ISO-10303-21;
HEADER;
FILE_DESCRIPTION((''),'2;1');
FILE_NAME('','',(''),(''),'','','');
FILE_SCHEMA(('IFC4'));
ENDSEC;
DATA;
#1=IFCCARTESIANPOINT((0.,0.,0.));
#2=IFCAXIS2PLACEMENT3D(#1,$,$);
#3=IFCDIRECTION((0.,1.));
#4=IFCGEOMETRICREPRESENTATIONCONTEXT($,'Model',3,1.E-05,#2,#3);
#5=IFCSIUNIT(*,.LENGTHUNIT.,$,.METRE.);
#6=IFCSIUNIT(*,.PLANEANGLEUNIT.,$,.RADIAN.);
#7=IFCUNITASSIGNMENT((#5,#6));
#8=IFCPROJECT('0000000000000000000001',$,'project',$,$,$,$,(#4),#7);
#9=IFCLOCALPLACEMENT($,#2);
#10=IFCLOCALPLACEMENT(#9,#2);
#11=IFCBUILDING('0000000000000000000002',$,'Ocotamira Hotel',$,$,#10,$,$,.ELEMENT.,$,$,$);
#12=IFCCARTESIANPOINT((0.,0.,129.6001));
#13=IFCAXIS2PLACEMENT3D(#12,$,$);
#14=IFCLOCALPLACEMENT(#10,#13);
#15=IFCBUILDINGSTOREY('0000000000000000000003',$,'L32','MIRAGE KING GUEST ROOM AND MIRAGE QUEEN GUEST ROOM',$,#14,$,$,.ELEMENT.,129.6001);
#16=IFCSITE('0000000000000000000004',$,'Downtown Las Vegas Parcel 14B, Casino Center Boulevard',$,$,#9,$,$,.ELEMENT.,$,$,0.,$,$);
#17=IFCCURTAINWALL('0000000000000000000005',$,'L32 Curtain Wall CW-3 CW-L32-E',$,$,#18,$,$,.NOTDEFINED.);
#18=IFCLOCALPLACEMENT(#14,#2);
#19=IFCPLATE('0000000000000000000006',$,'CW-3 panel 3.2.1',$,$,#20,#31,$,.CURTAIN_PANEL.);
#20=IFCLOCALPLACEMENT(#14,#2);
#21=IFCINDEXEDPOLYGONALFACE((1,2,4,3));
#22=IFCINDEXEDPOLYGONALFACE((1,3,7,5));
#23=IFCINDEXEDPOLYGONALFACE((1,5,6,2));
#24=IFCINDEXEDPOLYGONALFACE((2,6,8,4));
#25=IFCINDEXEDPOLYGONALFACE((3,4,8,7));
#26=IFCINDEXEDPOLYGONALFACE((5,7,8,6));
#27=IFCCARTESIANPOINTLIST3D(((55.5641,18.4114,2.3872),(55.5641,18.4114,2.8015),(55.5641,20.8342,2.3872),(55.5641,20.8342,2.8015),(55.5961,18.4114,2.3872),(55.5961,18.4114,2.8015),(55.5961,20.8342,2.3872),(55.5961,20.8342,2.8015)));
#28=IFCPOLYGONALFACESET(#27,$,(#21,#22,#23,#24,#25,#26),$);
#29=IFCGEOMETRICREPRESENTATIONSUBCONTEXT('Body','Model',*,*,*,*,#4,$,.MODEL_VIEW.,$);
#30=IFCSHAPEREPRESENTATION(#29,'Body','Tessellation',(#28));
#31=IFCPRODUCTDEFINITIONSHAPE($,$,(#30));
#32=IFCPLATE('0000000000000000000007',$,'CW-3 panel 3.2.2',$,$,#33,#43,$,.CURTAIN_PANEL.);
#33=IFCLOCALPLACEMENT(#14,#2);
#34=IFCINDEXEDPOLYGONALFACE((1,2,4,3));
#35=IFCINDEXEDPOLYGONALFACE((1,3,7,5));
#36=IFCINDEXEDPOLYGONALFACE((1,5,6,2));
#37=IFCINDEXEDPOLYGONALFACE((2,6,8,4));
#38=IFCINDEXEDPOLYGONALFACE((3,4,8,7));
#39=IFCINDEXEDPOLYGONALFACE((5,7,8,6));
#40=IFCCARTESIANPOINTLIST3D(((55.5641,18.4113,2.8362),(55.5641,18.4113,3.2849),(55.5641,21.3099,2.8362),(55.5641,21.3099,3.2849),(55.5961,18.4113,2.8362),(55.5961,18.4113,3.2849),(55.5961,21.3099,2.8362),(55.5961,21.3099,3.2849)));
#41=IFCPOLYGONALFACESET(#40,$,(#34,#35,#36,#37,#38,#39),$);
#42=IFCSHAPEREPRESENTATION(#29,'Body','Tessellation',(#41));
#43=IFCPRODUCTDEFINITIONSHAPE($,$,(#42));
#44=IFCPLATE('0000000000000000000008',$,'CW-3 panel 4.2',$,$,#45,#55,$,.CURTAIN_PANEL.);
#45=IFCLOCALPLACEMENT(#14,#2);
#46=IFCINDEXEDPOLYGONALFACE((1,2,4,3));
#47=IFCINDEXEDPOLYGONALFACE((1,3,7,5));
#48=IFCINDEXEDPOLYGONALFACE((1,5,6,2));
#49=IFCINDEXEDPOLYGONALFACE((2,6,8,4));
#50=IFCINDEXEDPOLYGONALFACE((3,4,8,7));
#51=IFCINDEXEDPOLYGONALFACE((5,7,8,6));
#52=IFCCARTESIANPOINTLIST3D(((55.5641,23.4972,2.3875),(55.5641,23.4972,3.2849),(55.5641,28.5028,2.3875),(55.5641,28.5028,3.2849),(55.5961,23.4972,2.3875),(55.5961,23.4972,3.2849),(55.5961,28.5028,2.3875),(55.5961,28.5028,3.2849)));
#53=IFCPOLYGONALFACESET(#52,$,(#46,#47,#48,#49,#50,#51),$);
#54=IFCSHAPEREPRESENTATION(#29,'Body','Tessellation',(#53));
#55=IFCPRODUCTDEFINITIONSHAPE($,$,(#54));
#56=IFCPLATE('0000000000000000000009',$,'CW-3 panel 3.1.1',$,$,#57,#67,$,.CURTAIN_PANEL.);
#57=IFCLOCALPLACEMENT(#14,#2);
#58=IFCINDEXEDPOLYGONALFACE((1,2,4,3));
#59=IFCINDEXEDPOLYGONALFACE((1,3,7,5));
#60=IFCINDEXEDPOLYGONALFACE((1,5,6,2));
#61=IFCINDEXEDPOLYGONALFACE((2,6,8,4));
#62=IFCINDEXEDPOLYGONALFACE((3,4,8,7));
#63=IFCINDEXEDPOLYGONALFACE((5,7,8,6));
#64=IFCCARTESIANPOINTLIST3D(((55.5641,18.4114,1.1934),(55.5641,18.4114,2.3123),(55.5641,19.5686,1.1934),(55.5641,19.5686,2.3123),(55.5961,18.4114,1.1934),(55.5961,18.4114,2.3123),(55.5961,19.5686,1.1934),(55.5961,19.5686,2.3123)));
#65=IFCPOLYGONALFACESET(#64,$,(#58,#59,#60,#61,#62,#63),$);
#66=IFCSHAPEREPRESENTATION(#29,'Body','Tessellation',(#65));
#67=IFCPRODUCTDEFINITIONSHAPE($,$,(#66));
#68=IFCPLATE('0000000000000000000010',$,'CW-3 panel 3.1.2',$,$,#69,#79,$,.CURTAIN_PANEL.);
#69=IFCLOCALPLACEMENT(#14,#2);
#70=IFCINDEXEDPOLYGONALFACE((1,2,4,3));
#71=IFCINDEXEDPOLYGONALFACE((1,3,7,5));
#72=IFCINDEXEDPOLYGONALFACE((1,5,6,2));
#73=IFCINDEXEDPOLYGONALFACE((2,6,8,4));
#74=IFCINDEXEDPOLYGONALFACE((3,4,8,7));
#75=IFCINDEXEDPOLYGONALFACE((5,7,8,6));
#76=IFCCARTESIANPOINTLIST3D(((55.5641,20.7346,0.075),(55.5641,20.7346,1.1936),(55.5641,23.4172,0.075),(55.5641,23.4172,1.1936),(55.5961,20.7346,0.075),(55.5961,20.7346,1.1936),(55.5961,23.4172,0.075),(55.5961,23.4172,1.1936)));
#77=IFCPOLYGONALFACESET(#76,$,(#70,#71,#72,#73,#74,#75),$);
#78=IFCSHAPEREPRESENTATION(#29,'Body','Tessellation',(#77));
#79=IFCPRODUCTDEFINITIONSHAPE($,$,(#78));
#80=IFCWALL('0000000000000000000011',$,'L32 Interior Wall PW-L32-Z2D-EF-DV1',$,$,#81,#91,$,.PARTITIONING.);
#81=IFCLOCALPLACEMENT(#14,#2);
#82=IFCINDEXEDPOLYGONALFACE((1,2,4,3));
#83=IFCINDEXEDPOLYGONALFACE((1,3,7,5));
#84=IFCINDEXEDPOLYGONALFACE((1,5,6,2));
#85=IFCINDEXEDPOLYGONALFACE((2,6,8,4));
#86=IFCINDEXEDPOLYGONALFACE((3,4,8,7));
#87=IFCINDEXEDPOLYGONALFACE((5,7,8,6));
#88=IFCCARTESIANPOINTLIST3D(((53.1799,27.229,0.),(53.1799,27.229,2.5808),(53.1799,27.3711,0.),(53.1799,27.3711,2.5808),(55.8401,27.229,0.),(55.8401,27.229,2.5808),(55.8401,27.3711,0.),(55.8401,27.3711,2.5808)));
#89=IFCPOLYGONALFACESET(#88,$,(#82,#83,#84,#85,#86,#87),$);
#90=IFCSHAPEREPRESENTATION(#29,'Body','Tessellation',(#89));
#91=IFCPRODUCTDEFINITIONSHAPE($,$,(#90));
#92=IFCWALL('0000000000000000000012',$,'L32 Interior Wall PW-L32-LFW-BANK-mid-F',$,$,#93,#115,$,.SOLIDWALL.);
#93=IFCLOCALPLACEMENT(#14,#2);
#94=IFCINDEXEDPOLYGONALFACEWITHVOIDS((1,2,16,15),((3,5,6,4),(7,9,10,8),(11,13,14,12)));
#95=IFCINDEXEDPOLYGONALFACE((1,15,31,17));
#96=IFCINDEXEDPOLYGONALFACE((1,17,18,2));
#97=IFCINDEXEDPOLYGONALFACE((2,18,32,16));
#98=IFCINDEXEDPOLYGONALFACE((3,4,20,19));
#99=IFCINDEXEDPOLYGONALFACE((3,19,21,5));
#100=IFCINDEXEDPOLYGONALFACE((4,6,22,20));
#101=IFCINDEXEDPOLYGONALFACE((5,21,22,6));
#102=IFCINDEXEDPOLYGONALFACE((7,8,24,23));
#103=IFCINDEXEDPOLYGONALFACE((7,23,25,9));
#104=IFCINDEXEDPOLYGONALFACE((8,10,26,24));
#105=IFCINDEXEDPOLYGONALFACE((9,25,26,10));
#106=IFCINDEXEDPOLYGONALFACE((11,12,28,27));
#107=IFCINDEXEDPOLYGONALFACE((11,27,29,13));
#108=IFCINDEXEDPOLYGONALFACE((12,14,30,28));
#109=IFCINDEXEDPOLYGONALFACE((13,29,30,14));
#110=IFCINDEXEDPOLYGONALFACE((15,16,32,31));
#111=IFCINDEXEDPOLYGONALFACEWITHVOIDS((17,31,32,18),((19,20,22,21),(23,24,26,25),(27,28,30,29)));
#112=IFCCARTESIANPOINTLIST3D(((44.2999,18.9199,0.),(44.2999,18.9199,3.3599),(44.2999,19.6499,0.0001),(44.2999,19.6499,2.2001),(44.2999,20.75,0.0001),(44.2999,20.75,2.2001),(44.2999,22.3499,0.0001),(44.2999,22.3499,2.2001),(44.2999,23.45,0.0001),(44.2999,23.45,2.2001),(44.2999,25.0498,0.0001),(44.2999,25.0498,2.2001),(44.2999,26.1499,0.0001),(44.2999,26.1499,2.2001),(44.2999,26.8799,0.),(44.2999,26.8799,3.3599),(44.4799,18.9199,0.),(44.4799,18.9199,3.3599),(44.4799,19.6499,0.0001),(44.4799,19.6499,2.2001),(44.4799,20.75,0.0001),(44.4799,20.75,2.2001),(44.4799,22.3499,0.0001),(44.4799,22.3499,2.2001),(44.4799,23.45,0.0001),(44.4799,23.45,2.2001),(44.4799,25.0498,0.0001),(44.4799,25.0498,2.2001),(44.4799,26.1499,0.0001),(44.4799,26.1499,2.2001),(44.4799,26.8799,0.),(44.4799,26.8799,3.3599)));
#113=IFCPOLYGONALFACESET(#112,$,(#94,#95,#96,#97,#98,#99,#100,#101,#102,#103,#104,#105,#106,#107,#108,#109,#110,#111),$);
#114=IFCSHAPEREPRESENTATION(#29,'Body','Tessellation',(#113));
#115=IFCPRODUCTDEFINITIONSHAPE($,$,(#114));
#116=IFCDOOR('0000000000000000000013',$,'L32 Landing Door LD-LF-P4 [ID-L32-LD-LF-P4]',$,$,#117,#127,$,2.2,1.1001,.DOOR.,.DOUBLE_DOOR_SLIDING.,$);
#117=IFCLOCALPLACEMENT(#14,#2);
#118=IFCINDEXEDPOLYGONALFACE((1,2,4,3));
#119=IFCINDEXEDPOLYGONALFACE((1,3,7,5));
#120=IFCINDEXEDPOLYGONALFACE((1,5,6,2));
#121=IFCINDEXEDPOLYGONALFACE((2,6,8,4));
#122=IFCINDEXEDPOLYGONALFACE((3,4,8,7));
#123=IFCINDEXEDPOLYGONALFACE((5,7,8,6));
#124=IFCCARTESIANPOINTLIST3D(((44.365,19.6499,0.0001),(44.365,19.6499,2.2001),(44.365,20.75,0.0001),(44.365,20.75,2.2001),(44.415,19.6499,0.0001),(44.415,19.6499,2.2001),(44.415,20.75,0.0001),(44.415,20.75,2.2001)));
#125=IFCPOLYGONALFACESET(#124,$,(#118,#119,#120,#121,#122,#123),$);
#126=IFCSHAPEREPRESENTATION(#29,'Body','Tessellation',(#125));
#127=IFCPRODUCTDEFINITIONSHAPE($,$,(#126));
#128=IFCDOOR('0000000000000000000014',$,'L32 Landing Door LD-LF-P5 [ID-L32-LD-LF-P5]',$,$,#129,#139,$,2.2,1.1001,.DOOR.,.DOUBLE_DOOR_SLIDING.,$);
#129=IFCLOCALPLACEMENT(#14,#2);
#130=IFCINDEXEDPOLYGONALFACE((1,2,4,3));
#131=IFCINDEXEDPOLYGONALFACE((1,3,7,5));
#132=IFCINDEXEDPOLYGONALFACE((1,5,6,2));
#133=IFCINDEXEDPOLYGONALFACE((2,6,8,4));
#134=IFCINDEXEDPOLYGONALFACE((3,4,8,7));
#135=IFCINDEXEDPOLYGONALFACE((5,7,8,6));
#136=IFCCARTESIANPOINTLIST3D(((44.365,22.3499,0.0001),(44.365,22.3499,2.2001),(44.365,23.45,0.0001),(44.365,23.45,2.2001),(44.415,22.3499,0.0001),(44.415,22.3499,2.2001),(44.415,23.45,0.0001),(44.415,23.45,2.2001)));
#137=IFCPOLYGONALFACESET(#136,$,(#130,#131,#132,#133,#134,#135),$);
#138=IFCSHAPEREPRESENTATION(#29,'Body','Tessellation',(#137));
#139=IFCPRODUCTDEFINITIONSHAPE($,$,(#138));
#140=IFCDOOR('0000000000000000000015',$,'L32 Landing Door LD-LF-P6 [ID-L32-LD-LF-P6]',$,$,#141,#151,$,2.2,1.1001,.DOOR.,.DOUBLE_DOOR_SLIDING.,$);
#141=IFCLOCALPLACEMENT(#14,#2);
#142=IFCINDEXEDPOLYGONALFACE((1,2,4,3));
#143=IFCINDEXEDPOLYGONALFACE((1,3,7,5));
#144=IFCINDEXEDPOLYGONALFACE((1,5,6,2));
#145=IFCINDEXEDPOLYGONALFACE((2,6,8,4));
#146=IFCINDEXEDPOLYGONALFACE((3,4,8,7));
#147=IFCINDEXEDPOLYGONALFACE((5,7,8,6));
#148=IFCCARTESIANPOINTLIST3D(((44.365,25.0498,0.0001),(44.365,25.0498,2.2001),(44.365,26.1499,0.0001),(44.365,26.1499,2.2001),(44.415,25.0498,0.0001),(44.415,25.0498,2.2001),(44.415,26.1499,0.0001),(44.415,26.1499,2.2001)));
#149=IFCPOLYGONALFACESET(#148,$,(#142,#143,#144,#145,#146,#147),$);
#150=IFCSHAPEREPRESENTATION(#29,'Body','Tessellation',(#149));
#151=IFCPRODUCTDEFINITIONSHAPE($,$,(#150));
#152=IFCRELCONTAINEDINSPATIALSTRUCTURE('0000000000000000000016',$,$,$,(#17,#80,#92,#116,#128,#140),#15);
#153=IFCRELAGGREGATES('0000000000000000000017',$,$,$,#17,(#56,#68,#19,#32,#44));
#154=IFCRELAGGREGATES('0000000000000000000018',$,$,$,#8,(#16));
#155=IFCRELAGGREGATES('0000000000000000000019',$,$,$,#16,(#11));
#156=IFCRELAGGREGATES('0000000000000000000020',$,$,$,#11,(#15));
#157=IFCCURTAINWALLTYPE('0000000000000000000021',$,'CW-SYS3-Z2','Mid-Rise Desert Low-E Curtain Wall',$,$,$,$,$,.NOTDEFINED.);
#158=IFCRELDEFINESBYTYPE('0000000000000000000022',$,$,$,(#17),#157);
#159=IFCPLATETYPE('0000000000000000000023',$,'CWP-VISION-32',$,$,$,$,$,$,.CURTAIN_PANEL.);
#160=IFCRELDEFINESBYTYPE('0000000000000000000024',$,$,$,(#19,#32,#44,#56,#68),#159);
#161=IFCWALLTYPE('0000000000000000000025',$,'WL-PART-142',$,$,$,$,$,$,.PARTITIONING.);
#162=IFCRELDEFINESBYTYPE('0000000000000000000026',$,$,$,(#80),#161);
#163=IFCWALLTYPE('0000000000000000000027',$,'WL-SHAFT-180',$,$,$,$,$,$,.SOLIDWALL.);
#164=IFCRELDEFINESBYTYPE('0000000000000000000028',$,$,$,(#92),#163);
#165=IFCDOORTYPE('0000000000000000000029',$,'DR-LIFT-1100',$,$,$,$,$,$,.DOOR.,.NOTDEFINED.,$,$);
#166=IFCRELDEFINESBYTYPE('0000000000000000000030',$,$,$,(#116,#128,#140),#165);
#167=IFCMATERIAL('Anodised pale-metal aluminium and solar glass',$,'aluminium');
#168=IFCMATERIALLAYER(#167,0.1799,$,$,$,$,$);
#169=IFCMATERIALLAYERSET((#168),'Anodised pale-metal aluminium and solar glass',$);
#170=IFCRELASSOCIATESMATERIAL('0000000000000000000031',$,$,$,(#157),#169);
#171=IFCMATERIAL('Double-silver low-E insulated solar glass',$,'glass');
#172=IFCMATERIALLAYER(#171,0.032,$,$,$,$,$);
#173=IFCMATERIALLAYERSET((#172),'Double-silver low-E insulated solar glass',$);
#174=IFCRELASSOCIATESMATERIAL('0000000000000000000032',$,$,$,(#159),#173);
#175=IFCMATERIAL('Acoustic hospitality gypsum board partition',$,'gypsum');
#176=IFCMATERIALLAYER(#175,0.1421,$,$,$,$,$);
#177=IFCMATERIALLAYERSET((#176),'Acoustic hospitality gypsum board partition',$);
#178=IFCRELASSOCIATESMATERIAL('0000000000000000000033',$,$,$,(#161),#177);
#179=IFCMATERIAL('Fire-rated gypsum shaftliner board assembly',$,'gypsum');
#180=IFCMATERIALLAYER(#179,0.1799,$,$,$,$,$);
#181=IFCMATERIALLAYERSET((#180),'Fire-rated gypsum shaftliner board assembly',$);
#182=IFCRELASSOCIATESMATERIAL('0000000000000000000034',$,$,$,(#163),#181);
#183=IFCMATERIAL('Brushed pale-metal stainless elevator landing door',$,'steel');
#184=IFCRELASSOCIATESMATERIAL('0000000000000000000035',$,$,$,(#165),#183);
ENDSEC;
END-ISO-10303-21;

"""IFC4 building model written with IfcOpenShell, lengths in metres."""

from ifc_helpers import new_model, si_unit, direction, frame, frame_2d, origin, origin_2d, place, context, subcontext, project, spatial, rectangle, extrude, source, transform, mapped, material, layer, layer_set, type_object, element, fill, aggregate, save


model = new_model("IFC4")

# Units and contexts
model_context = context("Model", 3, precision=1e-05, world=origin(), true_north=direction((0.0, 1.0)))
body_context = subcontext(model_context, "Body", "Model", "MODEL_VIEW")
ifc_project = project(units=[si_unit("LENGTHUNIT", "METRE"), si_unit("PLANEANGLEUNIT", "RADIAN")], contexts=[model_context])

# Site, building, storey
site_placement = place(None, origin())
site = spatial("IfcSite", under=ifc_project, at=site_placement, Name="Downtown Las Vegas Parcel 14B, Casino Center Boulevard", CompositionType="ELEMENT", RefElevation=0.0)
building_placement = place(site_placement, origin())
building = spatial("IfcBuilding", under=site, at=building_placement, Name="Ocotamira Hotel", CompositionType="ELEMENT")
storey_placement = place(building_placement, frame((0.0, 0.0, 129.6001)))
storey = spatial("IfcBuildingStorey", under=building, at=storey_placement, Name="L32", Description="MIRAGE KING GUEST ROOM AND MIRAGE QUEEN GUEST ROOM", CompositionType="ELEMENT", Elevation=129.6001)

# Curtain wall
ifc_material_1 = material(Name="Anodised pale-metal aluminium and solar glass", Category="aluminium")
ifc_layer_1 = layer(ifc_material_1, 0.1799)
ifc_layer_set_1 = layer_set([ifc_layer_1], Name="Anodised pale-metal aluminium and solar glass")
curtain_wall_type = type_object("IfcCurtainWallType", Name="CW-SYS3-Z2", Description="Mid-Rise Desert Low-E Curtain Wall", PredefinedType="NOTDEFINED", material=ifc_layer_set_1)
curtain_wall_placement = place(storey_placement, origin())
curtain_wall = element("IfcCurtainWall", 1, at=curtain_wall_placement, inside=storey, type_object=curtain_wall_type, Name="L32 Curtain Wall CW-3 CW-L32-E", PredefinedType="NOTDEFINED")

# Plates
ifc_material_2 = material(Name="Double-silver low-E insulated solar glass", Category="glass")
ifc_layer_2 = layer(ifc_material_2, 0.032)
ifc_layer_set_2 = layer_set([ifc_layer_2], Name="Double-silver low-E insulated solar glass")
plate_type_1 = type_object("IfcPlateType", Name="CWP-VISION-32", PredefinedType="CURTAIN_PANEL", material=ifc_layer_set_2)
shared_shape_1 = source(origin(), body_context, "Body", "SweptSolid", [
    extrude(rectangle(XDim=2.4229, YDim=0.032, at=origin_2d()), origin(), (0.0, 0.0, 1.0), 0.4143),
])
plate_1_placement = place(storey_placement, frame((55.5801, 19.6228, 2.3872), z_axis=(0.0, 0.0, 1.0), x_axis=(0.0, 1.0, 0.0)))
plate_1 = element("IfcPlate", 2, at=plate_1_placement, type_object=plate_type_1, Name="CW-3 panel 3.2.1", PredefinedType="CURTAIN_PANEL", context=body_context, shape_type="MappedRepresentation", body=[
    mapped(shared_shape_1, transform((0.0, 0.0, 0.0), scale=1.0)),
])
shared_shape_2 = source(origin(), body_context, "Body", "SweptSolid", [
    extrude(rectangle(XDim=2.8987, YDim=0.032, at=origin_2d()), origin(), (0.0, 0.0, 1.0), 0.4487),
])
plate_2_placement = place(storey_placement, frame((55.5801, 19.8606, 2.8362), z_axis=(0.0, 0.0, 1.0), x_axis=(0.0, 1.0, 0.0)))
plate_2 = element("IfcPlate", 3, at=plate_2_placement, type_object=plate_type_1, Name="CW-3 panel 3.2.2", PredefinedType="CURTAIN_PANEL", context=body_context, shape_type="MappedRepresentation", body=[
    mapped(shared_shape_2, transform((0.0, 0.0, 0.0), scale=1.0)),
])
shared_shape_3 = source(origin(), body_context, "Body", "SweptSolid", [
    extrude(rectangle(XDim=5.0056, YDim=0.032, at=origin_2d()), origin(), (0.0, 0.0, 1.0), 0.8975),
])
plate_3_placement = place(storey_placement, frame((55.5801, 26.0, 2.3875), z_axis=(0.0, 0.0, 1.0), x_axis=(0.0, 1.0, 0.0)))
plate_3 = element("IfcPlate", 4, at=plate_3_placement, type_object=plate_type_1, Name="CW-3 panel 4.2", PredefinedType="CURTAIN_PANEL", context=body_context, shape_type="MappedRepresentation", body=[
    mapped(shared_shape_3, transform((0.0, 0.0, 0.0), scale=1.0)),
])
shared_shape_4 = source(origin(), body_context, "Body", "SweptSolid", [
    extrude(rectangle(XDim=1.1572, YDim=0.032, at=origin_2d()), origin(), (0.0, 0.0, 1.0), 1.1189),
])
plate_4_placement = place(storey_placement, frame((55.5801, 18.99, 1.1934), z_axis=(0.0, 0.0, 1.0), x_axis=(0.0, 1.0, 0.0)))
plate_4 = element("IfcPlate", 5, at=plate_4_placement, type_object=plate_type_1, Name="CW-3 panel 3.1.1", PredefinedType="CURTAIN_PANEL", context=body_context, shape_type="MappedRepresentation", body=[
    mapped(shared_shape_4, transform((0.0, 0.0, 0.0), scale=1.0)),
])
shared_shape_5 = source(origin(), body_context, "Body", "SweptSolid", [
    extrude(rectangle(XDim=2.6826, YDim=0.032, at=origin_2d()), origin(), (0.0, 0.0, 1.0), 1.1187),
])
plate_5_placement = place(storey_placement, frame((55.5801, 22.0759, 0.075), z_axis=(0.0, 0.0, 1.0), x_axis=(0.0, 1.0, 0.0)))
plate_5 = element("IfcPlate", 6, at=plate_5_placement, type_object=plate_type_1, Name="CW-3 panel 3.1.2", PredefinedType="CURTAIN_PANEL", context=body_context, shape_type="MappedRepresentation", body=[
    mapped(shared_shape_5, transform((0.0, 0.0, 0.0), scale=1.0)),
])
aggregate(curtain_wall, [plate_4, plate_5, plate_1, plate_2, plate_3])

# Wall
ifc_material_3 = material(Name="Acoustic hospitality gypsum board partition", Category="gypsum")
ifc_layer_3 = layer(ifc_material_3, 0.1421)
ifc_layer_set_3 = layer_set([ifc_layer_3], Name="Acoustic hospitality gypsum board partition")
wall_type_1 = type_object("IfcWallType", Name="WL-PART-142", PredefinedType="PARTITIONING", material=ifc_layer_set_3)
wall_1_placement = place(storey_placement, frame((53.1799, 27.3, 0.0), z_axis=(0.0, 0.0, 1.0), x_axis=(1.0, 0.0, 0.0)))
element("IfcWall", 7, at=wall_1_placement, inside=storey, type_object=wall_type_1, Name="L32 Interior Wall PW-L32-Z2D-EF-DV1", PredefinedType="PARTITIONING", context=body_context, shape_type="SweptSolid", body=[
    extrude(rectangle(XDim=2.6602, YDim=0.1421, at=frame_2d((1.3301, 0.0))), origin(), (0.0, 0.0, 1.0), 2.5808),
])

# Wall, openings, doors
ifc_material_4 = material(Name="Fire-rated gypsum shaftliner board assembly", Category="gypsum")
ifc_layer_4 = layer(ifc_material_4, 0.1799)
ifc_layer_set_4 = layer_set([ifc_layer_4], Name="Fire-rated gypsum shaftliner board assembly")
wall_type_2 = type_object("IfcWallType", Name="WL-SHAFT-180", PredefinedType="SOLIDWALL", material=ifc_layer_set_4)
wall_2_placement = place(storey_placement, frame((44.3899, 18.9199, 0.0), z_axis=(0.0, 0.0, 1.0), x_axis=(0.0, 1.0, 0.0)))
wall_2 = element("IfcWall", 8, at=wall_2_placement, inside=storey, type_object=wall_type_2, Name="L32 Interior Wall PW-L32-LFW-BANK-mid-F", PredefinedType="SOLIDWALL", context=body_context, shape_type="SweptSolid", body=[
    extrude(rectangle(XDim=7.96, YDim=0.1799, at=frame_2d((3.98, 0.0))), origin(), (0.0, 0.0, 1.0), 3.3599),
])
opening_1_placement = place(wall_2_placement, frame((0.73, 0.0, 0.0)))
opening_1 = element("IfcOpeningElement", 9, at=opening_1_placement, cuts=wall_2, PredefinedType="OPENING", context=body_context, shape_type="SweptSolid", body=[
    extrude(rectangle(XDim=1.1001, YDim=2.2, at=frame_2d((0.55, 1.1001))), frame((0.0, 0.1001, 0.0), z_axis=(0.0, -1.0, 0.0), x_axis=(1.0, 0.0, 0.0)), (0.0, 0.0, 1.0), 0.2),
])
opening_2_placement = place(wall_2_placement, frame((3.4299, 0.0, 0.0)))
opening_2 = element("IfcOpeningElement", 10, at=opening_2_placement, cuts=wall_2, PredefinedType="OPENING", context=body_context, shape_type="SweptSolid", body=[
    extrude(rectangle(XDim=1.1001, YDim=2.2, at=frame_2d((0.55, 1.1001))), frame((0.0, 0.1001, 0.0), z_axis=(0.0, -1.0, 0.0), x_axis=(1.0, 0.0, 0.0)), (0.0, 0.0, 1.0), 0.2),
])
opening_3_placement = place(wall_2_placement, frame((6.1299, 0.0, 0.0)))
opening_3 = element("IfcOpeningElement", 11, at=opening_3_placement, cuts=wall_2, PredefinedType="OPENING", context=body_context, shape_type="SweptSolid", body=[
    extrude(rectangle(XDim=1.1001, YDim=2.2, at=frame_2d((0.55, 1.1001))), frame((0.0, 0.1001, 0.0), z_axis=(0.0, -1.0, 0.0), x_axis=(1.0, 0.0, 0.0)), (0.0, 0.0, 1.0), 0.2),
])
ifc_material_5 = material(Name="Brushed pale-metal stainless elevator landing door", Category="steel")
door_type = type_object("IfcDoorType", Name="DR-LIFT-1100", OperationType="NOTDEFINED", PredefinedType="DOOR", material=ifc_material_5)
shared_shape_6 = source(origin(), body_context, "Body", "SweptSolid", [
    extrude(rectangle(XDim=1.1001, YDim=2.2, at=frame_2d((0.55, 1.1001))), frame((0.0, 0.0249, 0.0), z_axis=(0.0, -1.0, 0.0), x_axis=(1.0, 0.0, 0.0)), (0.0, 0.0, 1.0), 0.05),
])
door_1_placement = place(opening_1_placement, origin())
door_1 = element("IfcDoor", 12, at=door_1_placement, inside=storey, type_object=door_type, Name="L32 Landing Door LD-LF-P4 [ID-L32-LD-LF-P4]", OperationType="DOUBLE_DOOR_SLIDING", OverallHeight=2.2, OverallWidth=1.1001, PredefinedType="DOOR", context=body_context, shape_type="MappedRepresentation", body=[
    mapped(shared_shape_6, transform((0.0, 0.0, 0.0), scale=1.0)),
])
fill(opening_1, door_1)
door_2_placement = place(opening_2_placement, origin())
door_2 = element("IfcDoor", 13, at=door_2_placement, inside=storey, type_object=door_type, Name="L32 Landing Door LD-LF-P5 [ID-L32-LD-LF-P5]", OperationType="DOUBLE_DOOR_SLIDING", OverallHeight=2.2, OverallWidth=1.1001, PredefinedType="DOOR", context=body_context, shape_type="MappedRepresentation", body=[
    mapped(shared_shape_6, transform((0.0, 0.0, 0.0), scale=1.0)),
])
fill(opening_2, door_2)
door_3_placement = place(opening_3_placement, origin())
door_3 = element("IfcDoor", 14, at=door_3_placement, inside=storey, type_object=door_type, Name="L32 Landing Door LD-LF-P6 [ID-L32-LD-LF-P6]", OperationType="DOUBLE_DOOR_SLIDING", OverallHeight=2.2, OverallWidth=1.1001, PredefinedType="DOOR", context=body_context, shape_type="MappedRepresentation", body=[
    mapped(shared_shape_6, transform((0.0, 0.0, 0.0), scale=1.0)),
])
fill(opening_3, door_3)

save(model, "model.ifc")
